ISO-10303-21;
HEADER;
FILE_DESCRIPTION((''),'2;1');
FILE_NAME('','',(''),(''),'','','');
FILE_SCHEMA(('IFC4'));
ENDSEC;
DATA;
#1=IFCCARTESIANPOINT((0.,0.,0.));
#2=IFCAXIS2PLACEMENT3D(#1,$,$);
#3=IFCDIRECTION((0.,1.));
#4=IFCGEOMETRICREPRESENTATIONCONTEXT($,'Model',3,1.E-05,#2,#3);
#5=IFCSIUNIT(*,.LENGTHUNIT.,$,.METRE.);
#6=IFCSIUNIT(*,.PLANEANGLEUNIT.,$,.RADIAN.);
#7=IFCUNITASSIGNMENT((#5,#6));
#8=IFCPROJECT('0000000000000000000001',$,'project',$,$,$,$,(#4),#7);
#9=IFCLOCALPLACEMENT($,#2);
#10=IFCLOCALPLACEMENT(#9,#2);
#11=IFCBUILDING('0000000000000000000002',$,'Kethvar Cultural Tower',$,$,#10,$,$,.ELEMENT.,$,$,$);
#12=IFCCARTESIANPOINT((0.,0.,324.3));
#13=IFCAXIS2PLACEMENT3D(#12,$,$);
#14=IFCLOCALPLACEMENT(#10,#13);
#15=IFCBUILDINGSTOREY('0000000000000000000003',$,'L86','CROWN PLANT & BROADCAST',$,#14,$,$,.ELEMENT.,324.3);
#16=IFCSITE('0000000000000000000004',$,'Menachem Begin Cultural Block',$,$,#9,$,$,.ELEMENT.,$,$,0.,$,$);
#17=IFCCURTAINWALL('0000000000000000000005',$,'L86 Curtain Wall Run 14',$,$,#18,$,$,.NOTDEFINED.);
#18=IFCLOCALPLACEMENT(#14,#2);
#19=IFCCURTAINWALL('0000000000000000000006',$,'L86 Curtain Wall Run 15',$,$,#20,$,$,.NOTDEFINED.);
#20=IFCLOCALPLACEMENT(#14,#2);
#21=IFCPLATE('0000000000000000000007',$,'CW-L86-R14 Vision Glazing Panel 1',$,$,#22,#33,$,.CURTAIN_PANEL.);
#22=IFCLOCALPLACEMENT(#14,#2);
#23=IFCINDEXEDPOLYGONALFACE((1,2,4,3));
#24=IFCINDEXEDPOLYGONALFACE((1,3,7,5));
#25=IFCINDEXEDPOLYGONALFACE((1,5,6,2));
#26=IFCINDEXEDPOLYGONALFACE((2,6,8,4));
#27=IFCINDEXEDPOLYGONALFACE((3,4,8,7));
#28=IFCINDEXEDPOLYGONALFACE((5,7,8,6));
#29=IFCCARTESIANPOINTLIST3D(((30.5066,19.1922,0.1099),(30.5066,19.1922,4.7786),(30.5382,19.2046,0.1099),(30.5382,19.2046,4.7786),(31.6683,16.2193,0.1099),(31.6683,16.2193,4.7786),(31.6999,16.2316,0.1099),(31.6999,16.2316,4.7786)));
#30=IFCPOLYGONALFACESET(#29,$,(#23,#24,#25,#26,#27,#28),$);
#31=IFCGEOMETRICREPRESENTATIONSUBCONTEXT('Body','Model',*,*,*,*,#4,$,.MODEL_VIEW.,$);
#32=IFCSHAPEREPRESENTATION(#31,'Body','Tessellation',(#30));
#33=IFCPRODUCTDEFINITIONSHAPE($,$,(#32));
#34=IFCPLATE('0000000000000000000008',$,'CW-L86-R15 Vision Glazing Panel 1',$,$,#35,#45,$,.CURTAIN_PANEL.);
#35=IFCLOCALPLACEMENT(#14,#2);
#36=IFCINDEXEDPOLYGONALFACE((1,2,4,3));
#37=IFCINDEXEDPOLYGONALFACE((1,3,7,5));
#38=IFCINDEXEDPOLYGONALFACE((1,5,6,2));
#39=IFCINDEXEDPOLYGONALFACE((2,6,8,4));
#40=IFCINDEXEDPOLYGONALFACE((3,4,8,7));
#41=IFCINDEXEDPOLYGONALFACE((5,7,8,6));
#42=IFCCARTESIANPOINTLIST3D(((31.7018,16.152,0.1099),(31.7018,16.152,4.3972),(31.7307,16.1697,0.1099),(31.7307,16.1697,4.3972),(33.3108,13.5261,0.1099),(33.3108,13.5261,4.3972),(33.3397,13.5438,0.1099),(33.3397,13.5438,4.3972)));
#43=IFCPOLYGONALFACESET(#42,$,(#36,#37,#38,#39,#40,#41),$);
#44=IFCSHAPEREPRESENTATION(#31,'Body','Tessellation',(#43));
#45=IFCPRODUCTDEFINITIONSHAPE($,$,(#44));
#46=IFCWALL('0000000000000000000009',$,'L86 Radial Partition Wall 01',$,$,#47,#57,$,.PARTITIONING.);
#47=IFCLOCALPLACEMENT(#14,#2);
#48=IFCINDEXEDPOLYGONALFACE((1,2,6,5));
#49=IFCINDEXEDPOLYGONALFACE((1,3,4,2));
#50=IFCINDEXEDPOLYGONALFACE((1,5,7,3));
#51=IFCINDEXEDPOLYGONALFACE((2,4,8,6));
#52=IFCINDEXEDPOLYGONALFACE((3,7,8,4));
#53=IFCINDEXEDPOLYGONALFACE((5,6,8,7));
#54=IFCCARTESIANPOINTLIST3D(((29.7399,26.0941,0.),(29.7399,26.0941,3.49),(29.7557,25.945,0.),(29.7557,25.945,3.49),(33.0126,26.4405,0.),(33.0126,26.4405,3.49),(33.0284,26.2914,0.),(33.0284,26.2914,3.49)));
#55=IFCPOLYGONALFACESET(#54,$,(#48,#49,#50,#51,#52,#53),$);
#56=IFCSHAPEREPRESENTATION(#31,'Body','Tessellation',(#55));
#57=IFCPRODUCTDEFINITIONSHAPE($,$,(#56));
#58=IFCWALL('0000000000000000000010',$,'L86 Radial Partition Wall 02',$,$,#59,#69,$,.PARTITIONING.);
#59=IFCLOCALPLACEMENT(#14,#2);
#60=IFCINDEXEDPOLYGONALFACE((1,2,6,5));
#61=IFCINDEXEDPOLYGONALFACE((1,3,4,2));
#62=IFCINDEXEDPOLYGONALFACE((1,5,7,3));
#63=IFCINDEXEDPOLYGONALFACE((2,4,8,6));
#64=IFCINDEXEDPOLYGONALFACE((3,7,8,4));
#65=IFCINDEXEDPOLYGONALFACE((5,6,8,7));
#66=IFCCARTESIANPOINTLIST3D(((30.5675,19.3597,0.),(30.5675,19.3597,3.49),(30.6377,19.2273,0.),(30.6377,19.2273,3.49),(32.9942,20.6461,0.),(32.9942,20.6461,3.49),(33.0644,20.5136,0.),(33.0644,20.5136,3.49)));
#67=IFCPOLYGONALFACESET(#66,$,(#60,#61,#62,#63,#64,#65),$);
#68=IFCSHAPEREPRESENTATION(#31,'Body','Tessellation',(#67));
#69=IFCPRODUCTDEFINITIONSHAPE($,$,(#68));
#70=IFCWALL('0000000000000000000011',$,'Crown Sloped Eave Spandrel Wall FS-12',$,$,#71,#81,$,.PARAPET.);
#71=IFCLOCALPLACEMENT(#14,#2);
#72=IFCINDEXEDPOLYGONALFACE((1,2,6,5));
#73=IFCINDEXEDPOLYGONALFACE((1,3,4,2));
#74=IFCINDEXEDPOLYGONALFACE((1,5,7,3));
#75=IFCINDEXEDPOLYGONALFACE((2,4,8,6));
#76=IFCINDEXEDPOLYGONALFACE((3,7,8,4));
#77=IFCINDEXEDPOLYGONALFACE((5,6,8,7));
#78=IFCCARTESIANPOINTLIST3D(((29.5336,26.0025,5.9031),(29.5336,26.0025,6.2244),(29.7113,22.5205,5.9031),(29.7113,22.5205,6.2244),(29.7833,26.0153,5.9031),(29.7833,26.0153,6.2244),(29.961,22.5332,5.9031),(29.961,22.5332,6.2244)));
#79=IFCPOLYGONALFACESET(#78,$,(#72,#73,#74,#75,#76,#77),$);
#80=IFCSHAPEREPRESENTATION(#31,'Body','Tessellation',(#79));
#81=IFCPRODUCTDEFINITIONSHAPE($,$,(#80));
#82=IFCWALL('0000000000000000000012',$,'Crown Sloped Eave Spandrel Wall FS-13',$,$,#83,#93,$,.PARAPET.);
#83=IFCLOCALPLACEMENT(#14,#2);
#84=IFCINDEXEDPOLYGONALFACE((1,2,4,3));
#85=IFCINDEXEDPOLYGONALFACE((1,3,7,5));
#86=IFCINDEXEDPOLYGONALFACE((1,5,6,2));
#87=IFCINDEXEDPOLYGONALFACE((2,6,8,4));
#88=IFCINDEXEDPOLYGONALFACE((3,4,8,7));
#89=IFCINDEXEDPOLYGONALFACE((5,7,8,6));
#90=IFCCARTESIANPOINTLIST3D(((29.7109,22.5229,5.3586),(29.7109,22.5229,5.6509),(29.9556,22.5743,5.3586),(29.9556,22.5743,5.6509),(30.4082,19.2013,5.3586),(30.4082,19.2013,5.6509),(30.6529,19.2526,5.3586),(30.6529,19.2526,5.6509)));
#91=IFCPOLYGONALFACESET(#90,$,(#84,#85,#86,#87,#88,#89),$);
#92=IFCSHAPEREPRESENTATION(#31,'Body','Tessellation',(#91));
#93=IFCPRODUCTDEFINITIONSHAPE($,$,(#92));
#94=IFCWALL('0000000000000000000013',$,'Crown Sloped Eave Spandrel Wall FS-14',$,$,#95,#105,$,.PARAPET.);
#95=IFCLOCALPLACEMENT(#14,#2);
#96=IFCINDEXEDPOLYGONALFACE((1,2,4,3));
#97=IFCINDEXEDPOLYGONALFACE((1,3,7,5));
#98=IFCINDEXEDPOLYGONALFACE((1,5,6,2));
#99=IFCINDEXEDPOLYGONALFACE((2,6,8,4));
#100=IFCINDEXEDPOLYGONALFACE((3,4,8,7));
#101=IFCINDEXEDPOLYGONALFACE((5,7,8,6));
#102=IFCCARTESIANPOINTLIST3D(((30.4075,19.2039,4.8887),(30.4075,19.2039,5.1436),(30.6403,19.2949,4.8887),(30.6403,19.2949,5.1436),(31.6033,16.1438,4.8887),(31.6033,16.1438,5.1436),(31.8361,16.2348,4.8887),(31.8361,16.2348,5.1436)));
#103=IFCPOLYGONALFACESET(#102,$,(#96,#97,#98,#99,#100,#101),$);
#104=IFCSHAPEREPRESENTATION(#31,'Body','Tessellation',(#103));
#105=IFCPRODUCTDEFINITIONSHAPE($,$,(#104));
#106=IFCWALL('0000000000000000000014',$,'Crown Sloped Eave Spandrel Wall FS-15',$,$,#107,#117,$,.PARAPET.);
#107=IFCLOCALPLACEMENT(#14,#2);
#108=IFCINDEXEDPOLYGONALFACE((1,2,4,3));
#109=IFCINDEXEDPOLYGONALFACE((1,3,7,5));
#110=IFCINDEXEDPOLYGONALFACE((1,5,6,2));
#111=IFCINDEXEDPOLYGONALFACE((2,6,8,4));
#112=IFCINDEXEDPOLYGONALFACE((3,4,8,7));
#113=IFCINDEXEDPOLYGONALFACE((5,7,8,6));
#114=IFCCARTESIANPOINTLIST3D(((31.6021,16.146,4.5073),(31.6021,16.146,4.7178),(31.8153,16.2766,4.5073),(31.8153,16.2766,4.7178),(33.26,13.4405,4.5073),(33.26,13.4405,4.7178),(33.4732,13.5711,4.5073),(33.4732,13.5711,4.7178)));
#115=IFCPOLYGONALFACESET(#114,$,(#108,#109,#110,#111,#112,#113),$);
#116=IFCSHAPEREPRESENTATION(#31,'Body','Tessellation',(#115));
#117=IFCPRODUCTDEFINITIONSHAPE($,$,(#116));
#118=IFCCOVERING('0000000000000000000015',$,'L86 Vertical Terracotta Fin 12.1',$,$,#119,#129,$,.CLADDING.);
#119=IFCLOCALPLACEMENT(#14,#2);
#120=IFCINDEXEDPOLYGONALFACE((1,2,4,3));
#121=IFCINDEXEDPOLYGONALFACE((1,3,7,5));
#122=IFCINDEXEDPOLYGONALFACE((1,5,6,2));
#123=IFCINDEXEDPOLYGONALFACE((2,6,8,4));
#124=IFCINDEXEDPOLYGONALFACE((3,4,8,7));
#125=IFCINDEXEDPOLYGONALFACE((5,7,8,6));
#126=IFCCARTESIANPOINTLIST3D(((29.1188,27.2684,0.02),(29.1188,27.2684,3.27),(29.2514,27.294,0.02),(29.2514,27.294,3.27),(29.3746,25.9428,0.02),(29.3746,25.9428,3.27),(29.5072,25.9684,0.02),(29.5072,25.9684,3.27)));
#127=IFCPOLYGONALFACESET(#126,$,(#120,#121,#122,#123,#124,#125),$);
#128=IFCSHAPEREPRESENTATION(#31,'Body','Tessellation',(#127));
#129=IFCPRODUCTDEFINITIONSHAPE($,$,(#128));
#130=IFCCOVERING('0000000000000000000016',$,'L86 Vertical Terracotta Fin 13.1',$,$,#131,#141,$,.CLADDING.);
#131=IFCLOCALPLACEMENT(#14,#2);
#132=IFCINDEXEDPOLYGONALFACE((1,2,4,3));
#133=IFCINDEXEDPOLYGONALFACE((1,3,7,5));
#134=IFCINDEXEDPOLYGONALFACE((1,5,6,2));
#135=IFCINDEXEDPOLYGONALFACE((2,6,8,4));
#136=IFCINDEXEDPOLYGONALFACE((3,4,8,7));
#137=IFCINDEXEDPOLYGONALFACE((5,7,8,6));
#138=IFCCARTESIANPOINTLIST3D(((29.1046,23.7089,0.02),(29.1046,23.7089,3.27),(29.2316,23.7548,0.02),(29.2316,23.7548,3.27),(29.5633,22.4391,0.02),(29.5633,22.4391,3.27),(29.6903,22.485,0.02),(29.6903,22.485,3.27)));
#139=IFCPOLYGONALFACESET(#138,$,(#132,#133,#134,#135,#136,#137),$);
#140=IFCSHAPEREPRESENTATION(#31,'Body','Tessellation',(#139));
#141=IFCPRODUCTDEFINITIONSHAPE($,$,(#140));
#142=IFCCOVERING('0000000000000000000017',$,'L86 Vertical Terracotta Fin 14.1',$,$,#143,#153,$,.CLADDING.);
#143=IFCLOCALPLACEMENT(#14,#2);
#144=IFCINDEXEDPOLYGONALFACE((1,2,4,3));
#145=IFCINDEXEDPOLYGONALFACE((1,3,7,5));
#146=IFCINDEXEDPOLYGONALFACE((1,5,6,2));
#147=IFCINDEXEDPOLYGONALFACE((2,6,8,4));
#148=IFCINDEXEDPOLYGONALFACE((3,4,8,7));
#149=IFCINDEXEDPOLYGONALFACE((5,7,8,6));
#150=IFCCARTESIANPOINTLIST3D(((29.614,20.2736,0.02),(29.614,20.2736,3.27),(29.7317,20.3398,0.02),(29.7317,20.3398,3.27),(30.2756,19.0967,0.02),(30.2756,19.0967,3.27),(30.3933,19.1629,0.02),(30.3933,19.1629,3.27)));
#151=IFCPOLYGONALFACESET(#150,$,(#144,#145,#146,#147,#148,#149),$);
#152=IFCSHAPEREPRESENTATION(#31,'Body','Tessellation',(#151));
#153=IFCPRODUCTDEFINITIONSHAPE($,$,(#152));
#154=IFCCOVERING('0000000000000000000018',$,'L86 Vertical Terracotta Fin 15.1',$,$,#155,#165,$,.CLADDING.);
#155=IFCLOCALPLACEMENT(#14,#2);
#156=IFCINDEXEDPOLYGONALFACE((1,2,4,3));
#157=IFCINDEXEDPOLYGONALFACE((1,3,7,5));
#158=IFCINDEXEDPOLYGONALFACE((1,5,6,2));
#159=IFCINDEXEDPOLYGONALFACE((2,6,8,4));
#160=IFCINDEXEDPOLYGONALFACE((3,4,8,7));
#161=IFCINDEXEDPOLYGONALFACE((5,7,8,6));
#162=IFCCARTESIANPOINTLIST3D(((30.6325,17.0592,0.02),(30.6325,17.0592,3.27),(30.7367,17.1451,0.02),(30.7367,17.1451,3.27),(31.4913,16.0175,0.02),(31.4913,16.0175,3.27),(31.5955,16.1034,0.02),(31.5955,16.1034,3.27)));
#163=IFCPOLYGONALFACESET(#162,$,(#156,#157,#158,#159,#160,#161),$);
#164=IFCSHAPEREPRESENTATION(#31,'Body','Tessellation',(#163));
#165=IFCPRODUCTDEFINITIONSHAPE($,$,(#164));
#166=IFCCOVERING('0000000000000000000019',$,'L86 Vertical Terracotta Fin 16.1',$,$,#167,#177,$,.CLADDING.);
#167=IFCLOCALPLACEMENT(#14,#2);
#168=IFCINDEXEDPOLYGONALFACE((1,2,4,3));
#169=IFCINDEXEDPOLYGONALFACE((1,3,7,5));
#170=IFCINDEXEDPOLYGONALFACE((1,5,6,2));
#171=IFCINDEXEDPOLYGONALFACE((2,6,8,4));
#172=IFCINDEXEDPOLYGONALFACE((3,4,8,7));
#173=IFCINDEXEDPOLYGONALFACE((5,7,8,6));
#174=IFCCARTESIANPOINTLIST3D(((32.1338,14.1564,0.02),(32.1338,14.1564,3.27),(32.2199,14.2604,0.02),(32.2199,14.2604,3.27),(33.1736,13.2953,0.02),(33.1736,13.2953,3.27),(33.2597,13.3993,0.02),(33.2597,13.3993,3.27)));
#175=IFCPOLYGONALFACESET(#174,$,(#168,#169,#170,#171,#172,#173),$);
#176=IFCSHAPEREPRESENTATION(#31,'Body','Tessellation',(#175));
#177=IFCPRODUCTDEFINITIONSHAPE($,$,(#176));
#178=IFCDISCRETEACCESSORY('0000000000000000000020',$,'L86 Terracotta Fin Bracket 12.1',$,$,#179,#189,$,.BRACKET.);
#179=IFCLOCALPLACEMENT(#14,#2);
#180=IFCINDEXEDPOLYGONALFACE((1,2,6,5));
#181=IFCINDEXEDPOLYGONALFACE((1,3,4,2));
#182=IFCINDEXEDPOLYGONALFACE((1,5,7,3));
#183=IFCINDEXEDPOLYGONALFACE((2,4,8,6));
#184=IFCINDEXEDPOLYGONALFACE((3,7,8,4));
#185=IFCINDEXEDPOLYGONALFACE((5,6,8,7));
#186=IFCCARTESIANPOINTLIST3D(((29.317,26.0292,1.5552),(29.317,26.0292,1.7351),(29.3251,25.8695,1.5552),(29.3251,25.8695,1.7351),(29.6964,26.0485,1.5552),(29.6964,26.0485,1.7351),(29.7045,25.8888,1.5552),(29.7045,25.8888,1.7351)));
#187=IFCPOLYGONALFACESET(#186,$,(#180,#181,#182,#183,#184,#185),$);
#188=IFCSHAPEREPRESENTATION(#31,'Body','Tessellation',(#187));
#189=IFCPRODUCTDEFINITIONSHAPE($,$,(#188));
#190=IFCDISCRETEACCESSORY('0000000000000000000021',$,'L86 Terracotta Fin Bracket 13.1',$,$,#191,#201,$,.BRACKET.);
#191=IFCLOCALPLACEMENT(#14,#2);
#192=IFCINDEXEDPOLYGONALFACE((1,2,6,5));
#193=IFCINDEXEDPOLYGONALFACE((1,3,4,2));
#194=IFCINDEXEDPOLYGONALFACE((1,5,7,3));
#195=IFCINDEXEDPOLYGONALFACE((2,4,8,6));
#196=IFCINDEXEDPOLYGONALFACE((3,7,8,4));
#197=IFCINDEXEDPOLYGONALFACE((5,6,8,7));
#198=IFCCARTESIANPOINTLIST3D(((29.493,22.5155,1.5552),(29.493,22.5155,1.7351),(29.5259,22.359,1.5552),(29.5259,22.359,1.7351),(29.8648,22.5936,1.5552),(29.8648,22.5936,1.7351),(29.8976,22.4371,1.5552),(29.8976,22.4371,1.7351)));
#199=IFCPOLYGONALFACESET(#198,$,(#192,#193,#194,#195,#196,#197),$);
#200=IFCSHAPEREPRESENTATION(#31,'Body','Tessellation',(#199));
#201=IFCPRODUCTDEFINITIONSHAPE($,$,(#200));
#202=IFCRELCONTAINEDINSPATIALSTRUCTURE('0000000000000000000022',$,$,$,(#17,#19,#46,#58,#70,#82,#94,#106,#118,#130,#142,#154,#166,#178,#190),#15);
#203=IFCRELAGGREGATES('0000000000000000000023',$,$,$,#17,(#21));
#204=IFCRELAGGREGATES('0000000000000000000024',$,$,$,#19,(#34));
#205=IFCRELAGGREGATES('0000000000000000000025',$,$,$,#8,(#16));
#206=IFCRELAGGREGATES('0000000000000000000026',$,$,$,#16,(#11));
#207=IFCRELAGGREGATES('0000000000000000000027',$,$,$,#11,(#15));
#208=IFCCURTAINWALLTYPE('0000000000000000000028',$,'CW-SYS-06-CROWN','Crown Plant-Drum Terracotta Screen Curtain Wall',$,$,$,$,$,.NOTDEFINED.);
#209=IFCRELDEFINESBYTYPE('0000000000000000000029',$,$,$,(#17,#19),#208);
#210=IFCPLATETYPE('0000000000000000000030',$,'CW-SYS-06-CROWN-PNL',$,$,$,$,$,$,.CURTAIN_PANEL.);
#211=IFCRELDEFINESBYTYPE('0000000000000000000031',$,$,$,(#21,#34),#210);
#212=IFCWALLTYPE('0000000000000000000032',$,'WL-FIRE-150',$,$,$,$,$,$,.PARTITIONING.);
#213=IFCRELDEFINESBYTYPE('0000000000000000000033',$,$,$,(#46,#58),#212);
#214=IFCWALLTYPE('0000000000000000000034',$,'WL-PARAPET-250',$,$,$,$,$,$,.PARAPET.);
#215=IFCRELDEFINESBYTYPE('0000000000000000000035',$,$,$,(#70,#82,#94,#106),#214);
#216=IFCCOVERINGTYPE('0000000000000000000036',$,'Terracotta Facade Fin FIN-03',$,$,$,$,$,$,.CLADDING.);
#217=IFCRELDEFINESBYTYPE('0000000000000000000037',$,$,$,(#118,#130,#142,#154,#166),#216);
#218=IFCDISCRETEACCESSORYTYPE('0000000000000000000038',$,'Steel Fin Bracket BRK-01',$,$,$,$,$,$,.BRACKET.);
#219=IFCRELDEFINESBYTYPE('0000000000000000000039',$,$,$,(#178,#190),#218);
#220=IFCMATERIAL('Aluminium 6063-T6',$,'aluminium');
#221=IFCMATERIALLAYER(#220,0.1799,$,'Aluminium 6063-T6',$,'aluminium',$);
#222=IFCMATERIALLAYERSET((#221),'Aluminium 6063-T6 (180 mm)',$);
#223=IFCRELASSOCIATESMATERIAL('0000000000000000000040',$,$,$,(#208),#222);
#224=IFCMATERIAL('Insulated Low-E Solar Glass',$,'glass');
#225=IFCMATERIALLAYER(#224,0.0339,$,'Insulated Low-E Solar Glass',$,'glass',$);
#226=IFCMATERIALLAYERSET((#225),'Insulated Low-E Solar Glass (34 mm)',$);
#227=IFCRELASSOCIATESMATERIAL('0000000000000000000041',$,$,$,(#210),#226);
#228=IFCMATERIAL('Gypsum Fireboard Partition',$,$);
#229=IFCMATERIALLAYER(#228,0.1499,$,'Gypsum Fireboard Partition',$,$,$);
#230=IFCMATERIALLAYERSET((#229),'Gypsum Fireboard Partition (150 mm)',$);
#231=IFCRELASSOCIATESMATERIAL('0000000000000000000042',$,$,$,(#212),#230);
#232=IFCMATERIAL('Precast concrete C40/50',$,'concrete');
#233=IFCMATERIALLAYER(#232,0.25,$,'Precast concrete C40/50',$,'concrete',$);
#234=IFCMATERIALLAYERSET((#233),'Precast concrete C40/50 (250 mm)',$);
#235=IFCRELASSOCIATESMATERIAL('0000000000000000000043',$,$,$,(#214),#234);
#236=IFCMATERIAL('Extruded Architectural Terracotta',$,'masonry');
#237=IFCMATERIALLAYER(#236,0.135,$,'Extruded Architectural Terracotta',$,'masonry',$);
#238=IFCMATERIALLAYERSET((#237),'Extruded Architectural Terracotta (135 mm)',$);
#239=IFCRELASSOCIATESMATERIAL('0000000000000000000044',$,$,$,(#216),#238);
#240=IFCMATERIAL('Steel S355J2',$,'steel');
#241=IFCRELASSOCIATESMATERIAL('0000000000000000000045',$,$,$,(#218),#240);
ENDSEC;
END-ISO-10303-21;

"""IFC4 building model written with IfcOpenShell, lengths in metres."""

from ifc_helpers import new_model, si_unit, direction, frame, frame_2d, origin, origin_2d, place, context, subcontext, project, spatial, rectangle, extrude, source, transform, mapped, material, layer, layer_set, type_object, element, aggregate, save


model = new_model("IFC4")

# Units and contexts
model_context = context("Model", 3, precision=1e-05, world=origin(), true_north=direction((0.0, 1.0)))
body_context = subcontext(model_context, "Body", "Model", "MODEL_VIEW")
ifc_project = project(units=[si_unit("LENGTHUNIT", "METRE"), si_unit("PLANEANGLEUNIT", "RADIAN")], contexts=[model_context])

# Site, building, storey
site_placement = place(None, origin())
site = spatial("IfcSite", under=ifc_project, at=site_placement, Name="Menachem Begin Cultural Block", CompositionType="ELEMENT", RefElevation=0.0)
building_placement = place(site_placement, origin())
building = spatial("IfcBuilding", under=site, at=building_placement, Name="Kethvar Cultural Tower", CompositionType="ELEMENT")
storey_placement = place(building_placement, frame((0.0, 0.0, 324.3)))
storey = spatial("IfcBuildingStorey", under=building, at=storey_placement, Name="L86", Description="CROWN PLANT & BROADCAST", CompositionType="ELEMENT", Elevation=324.3)

# Shared definitions
ifc_material_1 = material(Name="Steel S355J2", Category="steel")

# Shared definitions
ifc_material_2 = material(Name="Aluminium 6063-T6", Category="aluminium")
ifc_layer_1 = layer(ifc_material_2, 0.1799, Name="Aluminium 6063-T6", Category="aluminium")
ifc_layer_set_1 = layer_set([ifc_layer_1], Name="Aluminium 6063-T6 (180 mm)")
curtain_wall_type = type_object("IfcCurtainWallType", Name="CW-SYS-06-CROWN", Description="Crown Plant-Drum Terracotta Screen Curtain Wall", PredefinedType="NOTDEFINED", material=ifc_layer_set_1)

# Curtain walls
curtain_wall_1_placement = place(storey_placement, origin())
curtain_wall_1 = element("IfcCurtainWall", 1, at=curtain_wall_1_placement, inside=storey, type_object=curtain_wall_type, Name="L86 Curtain Wall Run 14", PredefinedType="NOTDEFINED")
curtain_wall_2_placement = place(storey_placement, origin())
curtain_wall_2 = element("IfcCurtainWall", 2, at=curtain_wall_2_placement, inside=storey, type_object=curtain_wall_type, Name="L86 Curtain Wall Run 15", PredefinedType="NOTDEFINED")

# Plates
ifc_material_3 = material(Name="Insulated Low-E Solar Glass", Category="glass")
ifc_layer_2 = layer(ifc_material_3, 0.0339, Name="Insulated Low-E Solar Glass", Category="glass")
ifc_layer_set_2 = layer_set([ifc_layer_2], Name="Insulated Low-E Solar Glass (34 mm)")
plate_type_1 = type_object("IfcPlateType", Name="CW-SYS-06-CROWN-PNL", PredefinedType="CURTAIN_PANEL", material=ifc_layer_set_2)
shared_shape_1 = source(origin(), body_context, "Body", "SweptSolid", [
    extrude(rectangle(XDim=3.1919, YDim=0.0339, at=origin_2d()), origin(), (0.0, 0.0, 1.0), 4.6687),
])
plate_1_placement = place(storey_placement, frame((31.1033, 17.7119, 0.1099), z_axis=(0.0, 0.0, 1.0), x_axis=(0.363967, -0.931412, 0.0)))
plate_1 = element("IfcPlate", 3, at=plate_1_placement, type_object=plate_type_1, Name="CW-L86-R14 Vision Glazing Panel 1", PredefinedType="CURTAIN_PANEL", context=body_context, shape_type="MappedRepresentation", body=[
    mapped(shared_shape_1, transform((0.0, 0.0, 0.0), scale=1.0)),
])
aggregate(curtain_wall_1, [plate_1])
shared_shape_2 = source(origin(), body_context, "Body", "SweptSolid", [
    extrude(rectangle(XDim=3.0796, YDim=0.0339, at=origin_2d()), origin(), (0.0, 0.0, 1.0), 4.2874),
])
plate_2_placement = place(storey_placement, frame((32.5208, 14.8479, 0.1099), z_axis=(0.0, 0.0, 1.0), x_axis=(0.522454, -0.852668, 0.0)))
plate_2 = element("IfcPlate", 4, at=plate_2_placement, type_object=plate_type_1, Name="CW-L86-R15 Vision Glazing Panel 1", PredefinedType="CURTAIN_PANEL", context=body_context, shape_type="MappedRepresentation", body=[
    mapped(shared_shape_2, transform((0.0, 0.0, 0.0), scale=1.0)),
])
aggregate(curtain_wall_2, [plate_2])

# Walls
ifc_material_4 = material(Name="Gypsum Fireboard Partition")
ifc_layer_3 = layer(ifc_material_4, 0.1499, Name="Gypsum Fireboard Partition")
ifc_layer_set_3 = layer_set([ifc_layer_3], Name="Gypsum Fireboard Partition (150 mm)")
wall_type_1 = type_object("IfcWallType", Name="WL-FIRE-150", PredefinedType="PARTITIONING", material=ifc_layer_set_3)
wall_1_placement = place(storey_placement, frame((33.0205, 26.366, 0.0), z_axis=(0.0, 0.0, 1.0), x_axis=(-0.994444, -0.105268, 0.0)))
element("IfcWall", 5, at=wall_1_placement, inside=storey, type_object=wall_type_1, Name="L86 Radial Partition Wall 01", PredefinedType="PARTITIONING", context=body_context, shape_type="SweptSolid", body=[
    extrude(rectangle(XDim=3.291, YDim=0.1499, at=frame_2d((1.6455, 0.0))), origin(), (0.0, 0.0, 1.0), 3.49),
])
wall_2_placement = place(storey_placement, frame((33.0293, 20.5798, 0.0), z_axis=(0.0, 0.0, 1.0), x_axis=(-0.883543, -0.468349, 0.0)))
element("IfcWall", 6, at=wall_2_placement, inside=storey, type_object=wall_type_1, Name="L86 Radial Partition Wall 02", PredefinedType="PARTITIONING", context=body_context, shape_type="SweptSolid", body=[
    extrude(rectangle(XDim=2.7466, YDim=0.1499, at=frame_2d((1.3733, 0.0))), origin(), (0.0, 0.0, 1.0), 3.49),
])
ifc_material_5 = material(Name="Precast concrete C40/50", Category="concrete")
ifc_layer_4 = layer(ifc_material_5, 0.25, Name="Precast concrete C40/50", Category="concrete")
ifc_layer_set_4 = layer_set([ifc_layer_4], Name="Precast concrete C40/50 (250 mm)")
wall_type_2 = type_object("IfcWallType", Name="WL-PARAPET-250", PredefinedType="PARAPET", material=ifc_layer_set_4)
wall_3_placement = place(storey_placement, frame((29.6584, 26.0088, 5.9031), z_axis=(0.0, 0.0, 1.0), x_axis=(0.050978, -0.9987, 0.0)))
element("IfcWall", 7, at=wall_3_placement, inside=storey, type_object=wall_type_2, Name="Crown Sloped Eave Spandrel Wall FS-12", PredefinedType="PARAPET", context=body_context, shape_type="SweptSolid", body=[
    extrude(rectangle(XDim=3.4866, YDim=0.25, at=frame_2d((1.7432, 0.0))), origin(), (0.0, 0.0, 1.0), 0.3213),
])
wall_4_placement = place(storey_placement, frame((29.8333, 22.5486, 5.3586), z_axis=(0.0, 0.0, 1.0), x_axis=(0.205445, -0.978669, 0.0)))
element("IfcWall", 8, at=wall_4_placement, inside=storey, type_object=wall_type_2, Name="Crown Sloped Eave Spandrel Wall FS-13", PredefinedType="PARAPET", context=body_context, shape_type="SweptSolid", body=[
    extrude(rectangle(XDim=3.394, YDim=0.25, at=frame_2d((1.697, 0.0))), origin(), (0.0, 0.0, 1.0), 0.2922),
])
wall_5_placement = place(storey_placement, frame((30.5239, 19.2493, 4.8887), z_axis=(0.0, 0.0, 1.0), x_axis=(0.363973, -0.931409, 0.0)))
element("IfcWall", 9, at=wall_5_placement, inside=storey, type_object=wall_type_2, Name="Crown Sloped Eave Spandrel Wall FS-14", PredefinedType="PARAPET", context=body_context, shape_type="SweptSolid", body=[
    extrude(rectangle(XDim=3.2854, YDim=0.25, at=frame_2d((1.6426, 0.0))), origin(), (0.0, 0.0, 1.0), 0.2549),
])
wall_6_placement = place(storey_placement, frame((31.7087, 16.2112, 4.5073), z_axis=(0.0, 0.0, 1.0), x_axis=(0.522495, -0.852642, 0.0)))
element("IfcWall", 10, at=wall_6_placement, inside=storey, type_object=wall_type_2, Name="Crown Sloped Eave Spandrel Wall FS-15", PredefinedType="PARAPET", context=body_context, shape_type="SweptSolid", body=[
    extrude(rectangle(XDim=3.1731, YDim=0.25, at=frame_2d((1.5864, 0.0))), origin(), (0.0, 0.0, 1.0), 0.2104),
])

# Coverings
ifc_material_6 = material(Name="Extruded Architectural Terracotta", Category="masonry")
ifc_layer_5 = layer(ifc_material_6, 0.135, Name="Extruded Architectural Terracotta", Category="masonry")
ifc_layer_set_5 = layer_set([ifc_layer_5], Name="Extruded Architectural Terracotta (135 mm)")
covering_type = type_object("IfcCoveringType", Name="Terracotta Facade Fin FIN-03", PredefinedType="CLADDING", material=ifc_layer_set_5)
shared_shape_3 = source(origin(), body_context, "Body", "SweptSolid", [
    extrude(rectangle(XDim=1.3501, YDim=0.135, at=origin_2d()), origin(), (0.0, 0.0, 1.0), 3.25),
])
for number, where, z_axis, x_axis, name in (
    (11, (29.313, 26.6184, 0.02), (0.0, 0.0, 1.0), (-0.189438, 0.981893, 0.0), "L86 Vertical Terracotta Fin 12.1"),
    (12, (29.3975, 23.0969, 0.02), (0.0, 0.0, 1.0), (-0.339723, 0.940526, 0.0), "L86 Vertical Terracotta Fin 13.1"),
    (13, (30.0037, 19.7183, 0.02), (0.0, 0.0, 1.0), (-0.489991, 0.871727, 0.0), "L86 Vertical Terracotta Fin 14.1"),
    (14, (31.114, 16.5813, 0.02), (0.0, 0.0, 1.0), (-0.636078, 0.771625, 0.0), "L86 Vertical Terracotta Fin 15.1"),
    (15, (32.6968, 13.7778, 0.02), (0.0, 0.0, 1.0), (-0.770179, 0.637827, 0.0), "L86 Vertical Terracotta Fin 16.1"),
):
    element("IfcCovering", number, at=place(storey_placement, frame(where, z_axis=z_axis, x_axis=x_axis)), inside=storey, type_object=covering_type, Name=name, PredefinedType="CLADDING", context=body_context, shape_type="MappedRepresentation", body=[
        mapped(shared_shape_3, transform((0.0, 0.0, 0.0), scale=1.0)),
    ])

# Discrete accessories
discrete_accessory_type = type_object("IfcDiscreteAccessoryType", Name="Steel Fin Bracket BRK-01", PredefinedType="BRACKET", material=ifc_material_1)
shared_shape_4 = source(origin(), body_context, "Body", "SweptSolid", [
    extrude(rectangle(XDim=0.3799, YDim=0.1599, at=origin_2d()), origin(), (0.0, 0.0, 1.0), 0.1799),
])
for number, where, z_axis, x_axis, name in (
    (16, (29.5107, 25.959, 1.5552), (0.0, 0.0, 1.0), (-0.998702, -0.050942, 0.0), "L86 Terracotta Fin Bracket 12.1"),
    (17, (29.6953, 22.4763, 1.5552), (0.0, 0.0, 1.0), (-0.978653, -0.205521, 0.0), "L86 Terracotta Fin Bracket 13.1"),
):
    element("IfcDiscreteAccessory", number, at=place(storey_placement, frame(where, z_axis=z_axis, x_axis=x_axis)), inside=storey, type_object=discrete_accessory_type, Name=name, PredefinedType="BRACKET", context=body_context, shape_type="MappedRepresentation", body=[
        mapped(shared_shape_4, transform((0.0, 0.0, 0.0), scale=1.0)),
    ])

save(model, "model.ifc")
